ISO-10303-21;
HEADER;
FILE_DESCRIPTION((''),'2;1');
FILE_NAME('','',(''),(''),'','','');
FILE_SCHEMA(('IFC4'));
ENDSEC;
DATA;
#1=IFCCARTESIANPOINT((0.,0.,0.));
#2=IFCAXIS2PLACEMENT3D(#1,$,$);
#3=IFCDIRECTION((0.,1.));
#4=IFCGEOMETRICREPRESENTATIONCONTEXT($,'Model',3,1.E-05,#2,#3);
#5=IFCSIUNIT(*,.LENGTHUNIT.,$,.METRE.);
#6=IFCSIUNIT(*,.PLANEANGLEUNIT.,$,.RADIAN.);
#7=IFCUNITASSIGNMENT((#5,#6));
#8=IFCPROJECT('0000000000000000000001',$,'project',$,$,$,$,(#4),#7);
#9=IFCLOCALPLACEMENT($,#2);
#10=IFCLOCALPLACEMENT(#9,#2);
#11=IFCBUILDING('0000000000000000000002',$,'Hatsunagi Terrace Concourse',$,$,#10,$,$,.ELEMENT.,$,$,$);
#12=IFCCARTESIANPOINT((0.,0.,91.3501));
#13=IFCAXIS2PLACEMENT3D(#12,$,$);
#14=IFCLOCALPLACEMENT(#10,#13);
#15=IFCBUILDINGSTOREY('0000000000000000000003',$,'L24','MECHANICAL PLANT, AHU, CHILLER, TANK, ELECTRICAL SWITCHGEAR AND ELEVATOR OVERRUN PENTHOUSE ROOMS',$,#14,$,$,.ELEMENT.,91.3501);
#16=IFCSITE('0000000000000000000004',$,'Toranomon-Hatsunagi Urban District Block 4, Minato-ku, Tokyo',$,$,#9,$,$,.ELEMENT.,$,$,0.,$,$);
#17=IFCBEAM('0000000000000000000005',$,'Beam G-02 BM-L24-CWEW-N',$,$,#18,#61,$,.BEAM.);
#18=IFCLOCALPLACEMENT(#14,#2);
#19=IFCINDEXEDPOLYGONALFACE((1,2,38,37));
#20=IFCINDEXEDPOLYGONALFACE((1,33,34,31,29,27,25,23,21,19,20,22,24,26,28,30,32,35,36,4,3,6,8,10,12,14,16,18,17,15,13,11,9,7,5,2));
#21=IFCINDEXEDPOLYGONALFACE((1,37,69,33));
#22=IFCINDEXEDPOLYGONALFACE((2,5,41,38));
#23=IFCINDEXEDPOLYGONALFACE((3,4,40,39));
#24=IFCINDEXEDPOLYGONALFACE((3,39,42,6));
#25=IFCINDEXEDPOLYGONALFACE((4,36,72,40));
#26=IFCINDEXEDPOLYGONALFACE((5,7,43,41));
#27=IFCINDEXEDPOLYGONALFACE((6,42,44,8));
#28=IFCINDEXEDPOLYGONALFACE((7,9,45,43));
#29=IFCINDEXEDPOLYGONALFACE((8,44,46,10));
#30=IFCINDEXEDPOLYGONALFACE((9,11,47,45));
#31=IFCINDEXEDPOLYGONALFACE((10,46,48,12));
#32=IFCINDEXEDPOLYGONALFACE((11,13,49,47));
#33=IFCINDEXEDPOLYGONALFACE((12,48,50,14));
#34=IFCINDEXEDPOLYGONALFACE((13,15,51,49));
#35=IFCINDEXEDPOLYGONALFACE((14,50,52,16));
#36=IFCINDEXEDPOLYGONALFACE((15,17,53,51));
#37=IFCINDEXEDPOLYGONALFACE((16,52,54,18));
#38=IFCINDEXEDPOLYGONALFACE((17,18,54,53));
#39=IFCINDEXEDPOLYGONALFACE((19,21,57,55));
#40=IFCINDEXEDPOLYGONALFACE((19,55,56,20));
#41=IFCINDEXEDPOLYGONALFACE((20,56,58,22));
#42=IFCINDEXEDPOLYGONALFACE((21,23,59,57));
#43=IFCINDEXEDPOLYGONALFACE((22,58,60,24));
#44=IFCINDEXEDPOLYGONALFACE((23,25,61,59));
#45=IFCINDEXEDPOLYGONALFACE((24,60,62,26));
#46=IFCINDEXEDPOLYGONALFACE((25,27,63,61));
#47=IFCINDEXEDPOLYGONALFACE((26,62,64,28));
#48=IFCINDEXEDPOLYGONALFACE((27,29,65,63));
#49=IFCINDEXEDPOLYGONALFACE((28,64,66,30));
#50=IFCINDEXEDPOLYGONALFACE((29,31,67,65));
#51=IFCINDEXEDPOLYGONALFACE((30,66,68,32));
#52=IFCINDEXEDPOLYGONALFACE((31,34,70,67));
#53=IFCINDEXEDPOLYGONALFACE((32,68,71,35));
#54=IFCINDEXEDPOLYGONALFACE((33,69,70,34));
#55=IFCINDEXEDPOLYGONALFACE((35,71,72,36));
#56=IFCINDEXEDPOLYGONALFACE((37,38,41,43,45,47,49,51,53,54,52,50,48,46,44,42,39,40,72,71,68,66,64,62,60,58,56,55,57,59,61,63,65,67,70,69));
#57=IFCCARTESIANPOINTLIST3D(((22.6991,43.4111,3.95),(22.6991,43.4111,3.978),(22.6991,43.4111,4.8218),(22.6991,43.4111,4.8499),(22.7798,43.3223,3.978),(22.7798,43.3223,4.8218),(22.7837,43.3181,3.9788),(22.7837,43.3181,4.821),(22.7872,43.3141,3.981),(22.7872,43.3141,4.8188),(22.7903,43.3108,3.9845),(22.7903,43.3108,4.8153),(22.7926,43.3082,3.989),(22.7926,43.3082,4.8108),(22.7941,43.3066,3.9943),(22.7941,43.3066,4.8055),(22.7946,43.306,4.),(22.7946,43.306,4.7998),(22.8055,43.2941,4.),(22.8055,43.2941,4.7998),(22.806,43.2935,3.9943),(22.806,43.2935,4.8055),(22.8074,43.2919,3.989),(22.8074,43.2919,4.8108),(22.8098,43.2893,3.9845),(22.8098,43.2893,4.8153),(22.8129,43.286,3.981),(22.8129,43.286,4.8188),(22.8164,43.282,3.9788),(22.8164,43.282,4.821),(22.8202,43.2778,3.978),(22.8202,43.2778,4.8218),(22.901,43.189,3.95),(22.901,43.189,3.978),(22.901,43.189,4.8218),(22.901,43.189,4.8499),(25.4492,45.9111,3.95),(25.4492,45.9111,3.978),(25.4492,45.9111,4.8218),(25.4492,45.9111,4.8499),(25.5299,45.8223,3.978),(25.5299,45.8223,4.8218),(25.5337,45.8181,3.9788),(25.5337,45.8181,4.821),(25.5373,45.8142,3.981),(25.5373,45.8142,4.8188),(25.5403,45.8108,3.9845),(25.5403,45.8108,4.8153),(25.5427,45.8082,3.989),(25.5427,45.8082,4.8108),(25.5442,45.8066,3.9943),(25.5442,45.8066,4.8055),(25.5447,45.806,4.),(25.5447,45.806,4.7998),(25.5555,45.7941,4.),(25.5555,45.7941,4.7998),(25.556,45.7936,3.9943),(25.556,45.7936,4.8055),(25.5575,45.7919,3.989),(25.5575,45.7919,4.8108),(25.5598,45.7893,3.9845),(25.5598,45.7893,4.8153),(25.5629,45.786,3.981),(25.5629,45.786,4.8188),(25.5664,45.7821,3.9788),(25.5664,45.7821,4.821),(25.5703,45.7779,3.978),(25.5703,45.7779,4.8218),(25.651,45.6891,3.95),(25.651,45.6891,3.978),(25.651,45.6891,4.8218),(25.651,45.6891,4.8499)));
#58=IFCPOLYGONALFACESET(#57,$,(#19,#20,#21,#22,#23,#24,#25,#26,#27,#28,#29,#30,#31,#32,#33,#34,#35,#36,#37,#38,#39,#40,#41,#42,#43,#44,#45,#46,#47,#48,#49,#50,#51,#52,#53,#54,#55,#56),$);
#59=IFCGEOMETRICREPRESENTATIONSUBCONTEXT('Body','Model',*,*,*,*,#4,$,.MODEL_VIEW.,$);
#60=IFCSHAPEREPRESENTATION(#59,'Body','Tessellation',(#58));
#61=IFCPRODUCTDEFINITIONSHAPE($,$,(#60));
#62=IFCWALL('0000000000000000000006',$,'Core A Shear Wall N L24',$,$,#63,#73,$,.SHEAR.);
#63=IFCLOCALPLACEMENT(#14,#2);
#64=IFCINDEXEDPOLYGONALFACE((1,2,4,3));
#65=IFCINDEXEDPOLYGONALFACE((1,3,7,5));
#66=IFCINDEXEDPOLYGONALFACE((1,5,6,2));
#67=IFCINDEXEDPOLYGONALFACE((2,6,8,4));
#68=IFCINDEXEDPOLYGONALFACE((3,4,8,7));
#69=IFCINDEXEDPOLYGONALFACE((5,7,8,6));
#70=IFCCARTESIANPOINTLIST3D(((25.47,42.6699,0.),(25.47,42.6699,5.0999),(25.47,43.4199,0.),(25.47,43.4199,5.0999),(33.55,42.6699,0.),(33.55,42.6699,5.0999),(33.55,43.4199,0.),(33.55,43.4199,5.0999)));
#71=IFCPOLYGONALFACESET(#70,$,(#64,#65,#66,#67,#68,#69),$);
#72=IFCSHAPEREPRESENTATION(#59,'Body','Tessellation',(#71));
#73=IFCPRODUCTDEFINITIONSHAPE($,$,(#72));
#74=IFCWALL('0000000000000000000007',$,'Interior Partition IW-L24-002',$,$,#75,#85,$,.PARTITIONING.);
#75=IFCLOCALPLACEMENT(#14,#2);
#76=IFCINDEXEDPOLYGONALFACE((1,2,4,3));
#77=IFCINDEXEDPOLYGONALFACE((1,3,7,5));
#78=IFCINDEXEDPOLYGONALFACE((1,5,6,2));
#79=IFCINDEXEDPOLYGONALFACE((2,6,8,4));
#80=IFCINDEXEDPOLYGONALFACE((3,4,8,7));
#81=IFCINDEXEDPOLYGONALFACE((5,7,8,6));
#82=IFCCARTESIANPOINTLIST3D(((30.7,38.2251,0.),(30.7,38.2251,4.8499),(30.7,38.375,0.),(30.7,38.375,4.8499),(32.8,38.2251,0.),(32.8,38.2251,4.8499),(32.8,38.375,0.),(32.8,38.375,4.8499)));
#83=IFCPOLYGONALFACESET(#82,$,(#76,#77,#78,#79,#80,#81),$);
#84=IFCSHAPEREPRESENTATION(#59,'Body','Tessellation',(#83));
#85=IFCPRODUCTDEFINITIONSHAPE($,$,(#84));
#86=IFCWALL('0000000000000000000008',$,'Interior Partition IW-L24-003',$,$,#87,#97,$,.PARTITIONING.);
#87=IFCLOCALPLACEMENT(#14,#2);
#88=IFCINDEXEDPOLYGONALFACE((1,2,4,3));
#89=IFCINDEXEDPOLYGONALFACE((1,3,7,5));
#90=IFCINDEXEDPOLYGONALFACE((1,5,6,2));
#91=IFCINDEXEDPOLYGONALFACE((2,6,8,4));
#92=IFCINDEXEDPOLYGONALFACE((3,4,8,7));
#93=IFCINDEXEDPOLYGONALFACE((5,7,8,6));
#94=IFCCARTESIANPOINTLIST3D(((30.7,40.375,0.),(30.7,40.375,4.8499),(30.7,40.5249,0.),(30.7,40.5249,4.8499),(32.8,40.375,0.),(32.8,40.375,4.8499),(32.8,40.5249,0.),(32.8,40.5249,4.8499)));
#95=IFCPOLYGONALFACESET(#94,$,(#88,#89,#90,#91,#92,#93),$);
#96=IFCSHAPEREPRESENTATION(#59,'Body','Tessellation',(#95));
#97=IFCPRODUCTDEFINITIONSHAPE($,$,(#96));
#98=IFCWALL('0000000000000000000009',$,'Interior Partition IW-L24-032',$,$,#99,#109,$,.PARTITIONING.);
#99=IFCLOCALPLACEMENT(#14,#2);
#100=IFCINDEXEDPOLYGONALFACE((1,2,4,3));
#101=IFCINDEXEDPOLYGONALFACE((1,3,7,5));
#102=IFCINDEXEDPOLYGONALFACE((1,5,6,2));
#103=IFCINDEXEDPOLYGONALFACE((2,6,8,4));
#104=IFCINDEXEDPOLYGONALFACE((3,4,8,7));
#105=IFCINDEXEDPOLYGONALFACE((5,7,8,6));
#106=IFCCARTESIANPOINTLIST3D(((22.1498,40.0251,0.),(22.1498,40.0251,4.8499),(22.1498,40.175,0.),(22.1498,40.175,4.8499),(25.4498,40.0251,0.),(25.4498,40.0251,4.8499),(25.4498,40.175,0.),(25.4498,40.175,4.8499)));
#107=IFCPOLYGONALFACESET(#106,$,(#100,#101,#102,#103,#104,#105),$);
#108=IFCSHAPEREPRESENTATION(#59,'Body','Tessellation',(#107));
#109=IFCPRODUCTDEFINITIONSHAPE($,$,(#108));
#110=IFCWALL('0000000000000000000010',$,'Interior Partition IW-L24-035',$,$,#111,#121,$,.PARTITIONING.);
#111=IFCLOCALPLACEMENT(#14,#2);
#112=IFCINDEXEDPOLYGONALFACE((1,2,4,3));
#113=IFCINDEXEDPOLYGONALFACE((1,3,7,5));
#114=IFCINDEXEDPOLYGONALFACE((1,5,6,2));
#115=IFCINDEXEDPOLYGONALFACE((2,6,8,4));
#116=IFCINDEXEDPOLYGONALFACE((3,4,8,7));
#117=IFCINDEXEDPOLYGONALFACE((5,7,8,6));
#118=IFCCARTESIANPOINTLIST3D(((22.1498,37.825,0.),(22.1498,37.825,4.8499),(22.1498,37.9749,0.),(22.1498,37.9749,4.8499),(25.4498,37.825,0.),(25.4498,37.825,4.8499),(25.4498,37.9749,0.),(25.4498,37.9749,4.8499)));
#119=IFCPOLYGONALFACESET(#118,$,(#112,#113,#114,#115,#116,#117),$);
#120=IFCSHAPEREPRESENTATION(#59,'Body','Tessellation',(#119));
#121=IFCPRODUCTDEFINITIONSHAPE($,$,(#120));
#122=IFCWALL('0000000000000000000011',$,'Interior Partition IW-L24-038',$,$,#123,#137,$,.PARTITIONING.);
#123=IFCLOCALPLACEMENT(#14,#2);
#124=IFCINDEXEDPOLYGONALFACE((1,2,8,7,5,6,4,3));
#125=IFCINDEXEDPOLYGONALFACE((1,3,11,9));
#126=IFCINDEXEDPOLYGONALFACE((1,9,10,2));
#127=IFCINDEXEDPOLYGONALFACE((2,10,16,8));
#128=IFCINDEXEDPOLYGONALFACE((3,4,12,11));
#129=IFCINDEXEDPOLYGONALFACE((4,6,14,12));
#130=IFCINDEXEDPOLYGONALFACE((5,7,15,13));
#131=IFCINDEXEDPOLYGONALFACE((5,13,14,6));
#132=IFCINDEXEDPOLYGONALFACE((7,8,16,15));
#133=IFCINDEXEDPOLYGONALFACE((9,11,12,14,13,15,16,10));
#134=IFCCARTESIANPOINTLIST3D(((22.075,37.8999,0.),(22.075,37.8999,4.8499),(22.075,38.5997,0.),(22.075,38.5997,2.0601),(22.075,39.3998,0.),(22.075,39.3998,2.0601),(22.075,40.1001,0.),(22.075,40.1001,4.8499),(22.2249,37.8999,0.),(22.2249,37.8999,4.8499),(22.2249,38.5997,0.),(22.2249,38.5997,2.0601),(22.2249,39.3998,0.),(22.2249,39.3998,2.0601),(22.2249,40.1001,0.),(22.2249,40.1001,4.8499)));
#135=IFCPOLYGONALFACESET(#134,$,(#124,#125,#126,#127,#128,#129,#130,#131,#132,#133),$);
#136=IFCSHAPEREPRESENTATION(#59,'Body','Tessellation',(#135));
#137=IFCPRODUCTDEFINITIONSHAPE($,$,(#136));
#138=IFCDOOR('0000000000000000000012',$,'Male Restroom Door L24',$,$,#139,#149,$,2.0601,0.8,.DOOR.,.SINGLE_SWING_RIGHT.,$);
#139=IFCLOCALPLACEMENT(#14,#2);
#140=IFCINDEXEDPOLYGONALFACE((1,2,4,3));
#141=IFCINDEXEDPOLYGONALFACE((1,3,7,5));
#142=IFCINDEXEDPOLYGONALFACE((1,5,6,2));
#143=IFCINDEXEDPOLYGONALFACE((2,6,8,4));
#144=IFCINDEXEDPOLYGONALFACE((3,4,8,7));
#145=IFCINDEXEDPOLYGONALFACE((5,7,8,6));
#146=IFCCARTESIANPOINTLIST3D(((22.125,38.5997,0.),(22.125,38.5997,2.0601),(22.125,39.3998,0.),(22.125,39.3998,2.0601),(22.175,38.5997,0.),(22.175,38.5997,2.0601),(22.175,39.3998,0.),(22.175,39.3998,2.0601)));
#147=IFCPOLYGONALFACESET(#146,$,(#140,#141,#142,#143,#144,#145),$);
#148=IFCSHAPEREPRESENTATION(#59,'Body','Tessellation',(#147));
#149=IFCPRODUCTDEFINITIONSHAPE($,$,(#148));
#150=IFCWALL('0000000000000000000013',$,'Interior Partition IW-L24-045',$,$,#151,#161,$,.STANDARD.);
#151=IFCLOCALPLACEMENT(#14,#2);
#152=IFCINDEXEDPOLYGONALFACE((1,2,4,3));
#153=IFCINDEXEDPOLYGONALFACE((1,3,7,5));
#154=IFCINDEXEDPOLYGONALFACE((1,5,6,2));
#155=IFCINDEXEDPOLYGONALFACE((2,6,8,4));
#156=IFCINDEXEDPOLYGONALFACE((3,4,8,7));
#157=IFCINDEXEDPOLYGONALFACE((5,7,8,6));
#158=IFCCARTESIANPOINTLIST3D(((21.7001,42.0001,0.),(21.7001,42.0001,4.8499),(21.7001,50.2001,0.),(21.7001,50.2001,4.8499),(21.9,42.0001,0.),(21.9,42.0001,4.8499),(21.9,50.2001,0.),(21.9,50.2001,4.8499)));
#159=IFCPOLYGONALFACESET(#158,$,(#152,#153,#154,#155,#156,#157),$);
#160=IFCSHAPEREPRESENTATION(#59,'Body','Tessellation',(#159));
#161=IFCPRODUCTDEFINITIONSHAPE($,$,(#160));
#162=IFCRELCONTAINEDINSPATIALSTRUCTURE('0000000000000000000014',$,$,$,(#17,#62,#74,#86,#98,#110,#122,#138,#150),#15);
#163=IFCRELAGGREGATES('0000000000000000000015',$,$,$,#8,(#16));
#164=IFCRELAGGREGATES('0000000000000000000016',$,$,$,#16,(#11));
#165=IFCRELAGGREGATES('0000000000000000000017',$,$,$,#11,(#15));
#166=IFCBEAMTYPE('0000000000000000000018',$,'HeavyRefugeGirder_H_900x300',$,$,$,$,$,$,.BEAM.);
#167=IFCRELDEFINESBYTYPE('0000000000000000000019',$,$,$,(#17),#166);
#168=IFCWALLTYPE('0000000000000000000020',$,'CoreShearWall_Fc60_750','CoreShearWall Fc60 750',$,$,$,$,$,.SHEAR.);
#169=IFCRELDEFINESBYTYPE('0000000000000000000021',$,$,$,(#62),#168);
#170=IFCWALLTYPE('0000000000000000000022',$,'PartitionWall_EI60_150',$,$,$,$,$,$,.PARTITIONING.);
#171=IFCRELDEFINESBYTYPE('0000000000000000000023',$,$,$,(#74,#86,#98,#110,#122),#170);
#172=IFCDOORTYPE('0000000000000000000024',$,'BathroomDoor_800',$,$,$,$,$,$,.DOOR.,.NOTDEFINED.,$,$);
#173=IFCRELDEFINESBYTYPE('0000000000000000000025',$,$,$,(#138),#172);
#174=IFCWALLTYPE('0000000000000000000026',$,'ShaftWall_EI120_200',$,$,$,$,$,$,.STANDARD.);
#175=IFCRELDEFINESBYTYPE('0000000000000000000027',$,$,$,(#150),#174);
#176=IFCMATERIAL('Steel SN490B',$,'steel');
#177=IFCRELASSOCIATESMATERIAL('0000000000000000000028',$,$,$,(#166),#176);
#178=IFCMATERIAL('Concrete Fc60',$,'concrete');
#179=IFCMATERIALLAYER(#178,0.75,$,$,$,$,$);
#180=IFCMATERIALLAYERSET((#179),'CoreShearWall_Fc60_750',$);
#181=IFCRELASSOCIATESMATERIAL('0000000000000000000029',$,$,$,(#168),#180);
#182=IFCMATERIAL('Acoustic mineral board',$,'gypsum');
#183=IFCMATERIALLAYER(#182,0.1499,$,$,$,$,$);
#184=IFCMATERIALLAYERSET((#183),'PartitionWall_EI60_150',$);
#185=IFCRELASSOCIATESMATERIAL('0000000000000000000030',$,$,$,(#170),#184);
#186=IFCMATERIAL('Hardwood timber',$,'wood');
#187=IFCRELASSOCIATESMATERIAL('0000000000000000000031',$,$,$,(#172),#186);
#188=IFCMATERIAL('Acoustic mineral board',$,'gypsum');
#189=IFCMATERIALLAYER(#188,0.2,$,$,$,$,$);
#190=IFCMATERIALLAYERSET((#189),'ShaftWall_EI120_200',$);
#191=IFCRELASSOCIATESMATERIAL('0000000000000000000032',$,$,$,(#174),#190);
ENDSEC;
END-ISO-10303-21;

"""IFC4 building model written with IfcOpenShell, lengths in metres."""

from ifc_helpers import new_model, si_unit, direction, frame, frame_2d, origin, origin_2d, place, context, subcontext, project, spatial, rectangle, i_section, extrude, material, layer, layer_set, material_profile, profile_set, type_object, element, fill, save


model = new_model("IFC4")

# Units and contexts
model_context = context("Model", 3, precision=1e-05, world=origin(), true_north=direction((0.0, 1.0)))
body_context = subcontext(model_context, "Body", "Model", "MODEL_VIEW")
ifc_project = project(units=[si_unit("LENGTHUNIT", "METRE"), si_unit("PLANEANGLEUNIT", "RADIAN")], contexts=[model_context])

# Site, building, storey
site_placement = place(None, origin())
site = spatial("IfcSite", under=ifc_project, at=site_placement, Name="Toranomon-Hatsunagi Urban District Block 4, Minato-ku, Tokyo", CompositionType="ELEMENT", RefElevation=0.0)
building_placement = place(site_placement, origin())
building = spatial("IfcBuilding", under=site, at=building_placement, Name="Hatsunagi Terrace Concourse", CompositionType="ELEMENT")
storey_placement = place(building_placement, frame((0.0, 0.0, 91.3501)))
storey = spatial("IfcBuildingStorey", under=building, at=storey_placement, Name="L24", Description="MECHANICAL PLANT, AHU, CHILLER, TANK, ELECTRICAL SWITCHGEAR AND ELEVATOR OVERRUN PENTHOUSE ROOMS", CompositionType="ELEMENT", Elevation=91.3501)

# Beam
ifc_material_1 = material(Name="Steel SN490B", Category="steel")
ifc_material_profile_1 = material_profile(ifc_material_1, i_section(OverallWidth=0.3, OverallDepth=0.8999, WebThickness=0.0161, FlangeThickness=0.0281, FilletRadius=0.022, at=origin_2d()), Name="H-900x300x16x28")
ifc_profile_set_1 = profile_set([ifc_material_profile_1], Name="Steel SN490B")
beam_type = type_object("IfcBeamType", Name="HeavyRefugeGirder_H_900x300", PredefinedType="BEAM", material=ifc_profile_set_1)
beam_1_placement = place(storey_placement, frame((22.8, 43.3, 4.3999), z_axis=(0.73994, 0.672673, 0.0), x_axis=(-0.672673, 0.73994, 0.0)))
element("IfcBeam", 1, at=beam_1_placement, inside=storey, type_object=beam_type, Name="Beam G-02 BM-L24-CWEW-N", PredefinedType="BEAM", context=body_context, shape_type="SweptSolid", body=[
    extrude(i_section(OverallWidth=0.3, OverallDepth=0.8999, WebThickness=0.0161, FlangeThickness=0.0281, FilletRadius=0.022, at=origin_2d()), origin(), (0.0, 0.0, 1.0), 3.7166),
])

# Walls
ifc_material_2 = material(Name="Concrete Fc60", Category="concrete")
ifc_layer_1 = layer(ifc_material_2, 0.75)
ifc_layer_set_1 = layer_set([ifc_layer_1], Name="CoreShearWall_Fc60_750")
wall_type_1 = type_object("IfcWallType", Name="CoreShearWall_Fc60_750", Description="CoreShearWall Fc60 750", PredefinedType="SHEAR", material=ifc_layer_set_1)
wall_1_placement = place(storey_placement, frame((25.47, 43.0449, 0.0), z_axis=(0.0, 0.0, 1.0), x_axis=(1.0, 0.0, 0.0)))
element("IfcWall", 2, at=wall_1_placement, inside=storey, type_object=wall_type_1, Name="Core A Shear Wall N L24", PredefinedType="SHEAR", context=body_context, shape_type="SweptSolid", body=[
    extrude(rectangle(XDim=8.0801, YDim=0.75, at=frame_2d((4.04, 0.0))), origin(), (0.0, 0.0, 1.0), 5.0999),
])
ifc_material_3 = material(Name="Acoustic mineral board", Category="gypsum")
ifc_layer_2 = layer(ifc_material_3, 0.1499)
ifc_layer_set_2 = layer_set([ifc_layer_2], Name="PartitionWall_EI60_150")
wall_type_2 = type_object("IfcWallType", Name="PartitionWall_EI60_150", PredefinedType="PARTITIONING", material=ifc_layer_set_2)
for number, where, z_axis, x_axis, name in (
    (3, (30.7, 38.3, 0.0), (0.0, 0.0, 1.0), (1.0, 0.0, 0.0), "Interior Partition IW-L24-002"),
    (4, (30.7, 40.45, 0.0), (0.0, 0.0, 1.0), (1.0, 0.0, 0.0), "Interior Partition IW-L24-003"),
):
    element("IfcWall", number, at=place(storey_placement, frame(where, z_axis=z_axis, x_axis=x_axis)), inside=storey, type_object=wall_type_2, Name=name, PredefinedType="PARTITIONING", context=body_context, shape_type="SweptSolid", body=[
        extrude(rectangle(XDim=2.1001, YDim=0.1499, at=frame_2d((1.05, 0.0))), origin(), (0.0, 0.0, 1.0), 4.8499),
    ])
for number, where, z_axis, x_axis, name in (
    (5, (22.1499, 40.1001, 0.0), (0.0, 0.0, 1.0), (1.0, 0.0, 0.0), "Interior Partition IW-L24-032"),
    (6, (22.1499, 37.8999, 0.0), (0.0, 0.0, 1.0), (1.0, 0.0, 0.0), "Interior Partition IW-L24-035"),
):
    element("IfcWall", number, at=place(storey_placement, frame(where, z_axis=z_axis, x_axis=x_axis)), inside=storey, type_object=wall_type_2, Name=name, PredefinedType="PARTITIONING", context=body_context, shape_type="SweptSolid", body=[
        extrude(rectangle(XDim=3.3, YDim=0.1499, at=frame_2d((1.6499, 0.0))), origin(), (0.0, 0.0, 1.0), 4.8499),
    ])

# Wall, opening, door
wall_2_placement = place(storey_placement, frame((22.1499, 37.8999, 0.0), z_axis=(0.0, 0.0, 1.0), x_axis=(0.0, 1.0, 0.0)))
wall_2 = element("IfcWall", 7, at=wall_2_placement, inside=storey, type_object=wall_type_2, Name="Interior Partition IW-L24-038", PredefinedType="PARTITIONING", context=body_context, shape_type="SweptSolid", body=[
    extrude(rectangle(XDim=2.2002, YDim=0.1499, at=frame_2d((1.1001, 0.0))), origin(), (0.0, 0.0, 1.0), 4.8499),
])
opening_1_placement = place(wall_2_placement, frame((0.7, 0.0, 0.0)))
opening_1 = element("IfcOpeningElement", 8, at=opening_1_placement, cuts=wall_2, PredefinedType="OPENING", context=body_context, shape_type="SweptSolid", body=[
    extrude(rectangle(XDim=0.8, YDim=2.0601, at=frame_2d((0.3999, 1.03))), frame((0.0, 0.085, 0.0), z_axis=(0.0, -1.0, 0.0), x_axis=(1.0, 0.0, 0.0)), (0.0, 0.0, 1.0), 0.1699),
])
ifc_material_4 = material(Name="Hardwood timber", Category="wood")
door_type_1 = type_object("IfcDoorType", Name="BathroomDoor_800", OperationType="NOTDEFINED", PredefinedType="DOOR", material=ifc_material_4)
door_1_placement = place(opening_1_placement, origin())
door_1 = element("IfcDoor", 9, at=door_1_placement, inside=storey, type_object=door_type_1, Name="Male Restroom Door L24", OperationType="SINGLE_SWING_RIGHT", OverallHeight=2.0601, OverallWidth=0.8, PredefinedType="DOOR", context=body_context, shape_type="SweptSolid", body=[
    extrude(rectangle(XDim=0.8, YDim=2.0601, at=frame_2d((0.3999, 1.03))), frame((0.0, 0.0249, 0.0), z_axis=(0.0, -1.0, 0.0), x_axis=(1.0, 0.0, 0.0)), (0.0, 0.0, 1.0), 0.05),
])
fill(opening_1, door_1)

# Wall
ifc_material_5 = material(Name="Acoustic mineral board", Category="gypsum")
ifc_layer_3 = layer(ifc_material_5, 0.2)
ifc_layer_set_3 = layer_set([ifc_layer_3], Name="ShaftWall_EI120_200")
wall_type_3 = type_object("IfcWallType", Name="ShaftWall_EI120_200", PredefinedType="STANDARD", material=ifc_layer_set_3)
wall_3_placement = place(storey_placement, frame((21.8, 42.0, 0.0), z_axis=(0.0, 0.0, 1.0), x_axis=(0.0, 1.0, 0.0)))
element("IfcWall", 10, at=wall_3_placement, inside=storey, type_object=wall_type_3, Name="Interior Partition IW-L24-045", PredefinedType="STANDARD", context=body_context, shape_type="SweptSolid", body=[
    extrude(rectangle(XDim=8.2, YDim=0.2, at=frame_2d((4.1001, 0.0))), origin(), (0.0, 0.0, 1.0), 4.8499),
])

save(model, "model.ifc")
